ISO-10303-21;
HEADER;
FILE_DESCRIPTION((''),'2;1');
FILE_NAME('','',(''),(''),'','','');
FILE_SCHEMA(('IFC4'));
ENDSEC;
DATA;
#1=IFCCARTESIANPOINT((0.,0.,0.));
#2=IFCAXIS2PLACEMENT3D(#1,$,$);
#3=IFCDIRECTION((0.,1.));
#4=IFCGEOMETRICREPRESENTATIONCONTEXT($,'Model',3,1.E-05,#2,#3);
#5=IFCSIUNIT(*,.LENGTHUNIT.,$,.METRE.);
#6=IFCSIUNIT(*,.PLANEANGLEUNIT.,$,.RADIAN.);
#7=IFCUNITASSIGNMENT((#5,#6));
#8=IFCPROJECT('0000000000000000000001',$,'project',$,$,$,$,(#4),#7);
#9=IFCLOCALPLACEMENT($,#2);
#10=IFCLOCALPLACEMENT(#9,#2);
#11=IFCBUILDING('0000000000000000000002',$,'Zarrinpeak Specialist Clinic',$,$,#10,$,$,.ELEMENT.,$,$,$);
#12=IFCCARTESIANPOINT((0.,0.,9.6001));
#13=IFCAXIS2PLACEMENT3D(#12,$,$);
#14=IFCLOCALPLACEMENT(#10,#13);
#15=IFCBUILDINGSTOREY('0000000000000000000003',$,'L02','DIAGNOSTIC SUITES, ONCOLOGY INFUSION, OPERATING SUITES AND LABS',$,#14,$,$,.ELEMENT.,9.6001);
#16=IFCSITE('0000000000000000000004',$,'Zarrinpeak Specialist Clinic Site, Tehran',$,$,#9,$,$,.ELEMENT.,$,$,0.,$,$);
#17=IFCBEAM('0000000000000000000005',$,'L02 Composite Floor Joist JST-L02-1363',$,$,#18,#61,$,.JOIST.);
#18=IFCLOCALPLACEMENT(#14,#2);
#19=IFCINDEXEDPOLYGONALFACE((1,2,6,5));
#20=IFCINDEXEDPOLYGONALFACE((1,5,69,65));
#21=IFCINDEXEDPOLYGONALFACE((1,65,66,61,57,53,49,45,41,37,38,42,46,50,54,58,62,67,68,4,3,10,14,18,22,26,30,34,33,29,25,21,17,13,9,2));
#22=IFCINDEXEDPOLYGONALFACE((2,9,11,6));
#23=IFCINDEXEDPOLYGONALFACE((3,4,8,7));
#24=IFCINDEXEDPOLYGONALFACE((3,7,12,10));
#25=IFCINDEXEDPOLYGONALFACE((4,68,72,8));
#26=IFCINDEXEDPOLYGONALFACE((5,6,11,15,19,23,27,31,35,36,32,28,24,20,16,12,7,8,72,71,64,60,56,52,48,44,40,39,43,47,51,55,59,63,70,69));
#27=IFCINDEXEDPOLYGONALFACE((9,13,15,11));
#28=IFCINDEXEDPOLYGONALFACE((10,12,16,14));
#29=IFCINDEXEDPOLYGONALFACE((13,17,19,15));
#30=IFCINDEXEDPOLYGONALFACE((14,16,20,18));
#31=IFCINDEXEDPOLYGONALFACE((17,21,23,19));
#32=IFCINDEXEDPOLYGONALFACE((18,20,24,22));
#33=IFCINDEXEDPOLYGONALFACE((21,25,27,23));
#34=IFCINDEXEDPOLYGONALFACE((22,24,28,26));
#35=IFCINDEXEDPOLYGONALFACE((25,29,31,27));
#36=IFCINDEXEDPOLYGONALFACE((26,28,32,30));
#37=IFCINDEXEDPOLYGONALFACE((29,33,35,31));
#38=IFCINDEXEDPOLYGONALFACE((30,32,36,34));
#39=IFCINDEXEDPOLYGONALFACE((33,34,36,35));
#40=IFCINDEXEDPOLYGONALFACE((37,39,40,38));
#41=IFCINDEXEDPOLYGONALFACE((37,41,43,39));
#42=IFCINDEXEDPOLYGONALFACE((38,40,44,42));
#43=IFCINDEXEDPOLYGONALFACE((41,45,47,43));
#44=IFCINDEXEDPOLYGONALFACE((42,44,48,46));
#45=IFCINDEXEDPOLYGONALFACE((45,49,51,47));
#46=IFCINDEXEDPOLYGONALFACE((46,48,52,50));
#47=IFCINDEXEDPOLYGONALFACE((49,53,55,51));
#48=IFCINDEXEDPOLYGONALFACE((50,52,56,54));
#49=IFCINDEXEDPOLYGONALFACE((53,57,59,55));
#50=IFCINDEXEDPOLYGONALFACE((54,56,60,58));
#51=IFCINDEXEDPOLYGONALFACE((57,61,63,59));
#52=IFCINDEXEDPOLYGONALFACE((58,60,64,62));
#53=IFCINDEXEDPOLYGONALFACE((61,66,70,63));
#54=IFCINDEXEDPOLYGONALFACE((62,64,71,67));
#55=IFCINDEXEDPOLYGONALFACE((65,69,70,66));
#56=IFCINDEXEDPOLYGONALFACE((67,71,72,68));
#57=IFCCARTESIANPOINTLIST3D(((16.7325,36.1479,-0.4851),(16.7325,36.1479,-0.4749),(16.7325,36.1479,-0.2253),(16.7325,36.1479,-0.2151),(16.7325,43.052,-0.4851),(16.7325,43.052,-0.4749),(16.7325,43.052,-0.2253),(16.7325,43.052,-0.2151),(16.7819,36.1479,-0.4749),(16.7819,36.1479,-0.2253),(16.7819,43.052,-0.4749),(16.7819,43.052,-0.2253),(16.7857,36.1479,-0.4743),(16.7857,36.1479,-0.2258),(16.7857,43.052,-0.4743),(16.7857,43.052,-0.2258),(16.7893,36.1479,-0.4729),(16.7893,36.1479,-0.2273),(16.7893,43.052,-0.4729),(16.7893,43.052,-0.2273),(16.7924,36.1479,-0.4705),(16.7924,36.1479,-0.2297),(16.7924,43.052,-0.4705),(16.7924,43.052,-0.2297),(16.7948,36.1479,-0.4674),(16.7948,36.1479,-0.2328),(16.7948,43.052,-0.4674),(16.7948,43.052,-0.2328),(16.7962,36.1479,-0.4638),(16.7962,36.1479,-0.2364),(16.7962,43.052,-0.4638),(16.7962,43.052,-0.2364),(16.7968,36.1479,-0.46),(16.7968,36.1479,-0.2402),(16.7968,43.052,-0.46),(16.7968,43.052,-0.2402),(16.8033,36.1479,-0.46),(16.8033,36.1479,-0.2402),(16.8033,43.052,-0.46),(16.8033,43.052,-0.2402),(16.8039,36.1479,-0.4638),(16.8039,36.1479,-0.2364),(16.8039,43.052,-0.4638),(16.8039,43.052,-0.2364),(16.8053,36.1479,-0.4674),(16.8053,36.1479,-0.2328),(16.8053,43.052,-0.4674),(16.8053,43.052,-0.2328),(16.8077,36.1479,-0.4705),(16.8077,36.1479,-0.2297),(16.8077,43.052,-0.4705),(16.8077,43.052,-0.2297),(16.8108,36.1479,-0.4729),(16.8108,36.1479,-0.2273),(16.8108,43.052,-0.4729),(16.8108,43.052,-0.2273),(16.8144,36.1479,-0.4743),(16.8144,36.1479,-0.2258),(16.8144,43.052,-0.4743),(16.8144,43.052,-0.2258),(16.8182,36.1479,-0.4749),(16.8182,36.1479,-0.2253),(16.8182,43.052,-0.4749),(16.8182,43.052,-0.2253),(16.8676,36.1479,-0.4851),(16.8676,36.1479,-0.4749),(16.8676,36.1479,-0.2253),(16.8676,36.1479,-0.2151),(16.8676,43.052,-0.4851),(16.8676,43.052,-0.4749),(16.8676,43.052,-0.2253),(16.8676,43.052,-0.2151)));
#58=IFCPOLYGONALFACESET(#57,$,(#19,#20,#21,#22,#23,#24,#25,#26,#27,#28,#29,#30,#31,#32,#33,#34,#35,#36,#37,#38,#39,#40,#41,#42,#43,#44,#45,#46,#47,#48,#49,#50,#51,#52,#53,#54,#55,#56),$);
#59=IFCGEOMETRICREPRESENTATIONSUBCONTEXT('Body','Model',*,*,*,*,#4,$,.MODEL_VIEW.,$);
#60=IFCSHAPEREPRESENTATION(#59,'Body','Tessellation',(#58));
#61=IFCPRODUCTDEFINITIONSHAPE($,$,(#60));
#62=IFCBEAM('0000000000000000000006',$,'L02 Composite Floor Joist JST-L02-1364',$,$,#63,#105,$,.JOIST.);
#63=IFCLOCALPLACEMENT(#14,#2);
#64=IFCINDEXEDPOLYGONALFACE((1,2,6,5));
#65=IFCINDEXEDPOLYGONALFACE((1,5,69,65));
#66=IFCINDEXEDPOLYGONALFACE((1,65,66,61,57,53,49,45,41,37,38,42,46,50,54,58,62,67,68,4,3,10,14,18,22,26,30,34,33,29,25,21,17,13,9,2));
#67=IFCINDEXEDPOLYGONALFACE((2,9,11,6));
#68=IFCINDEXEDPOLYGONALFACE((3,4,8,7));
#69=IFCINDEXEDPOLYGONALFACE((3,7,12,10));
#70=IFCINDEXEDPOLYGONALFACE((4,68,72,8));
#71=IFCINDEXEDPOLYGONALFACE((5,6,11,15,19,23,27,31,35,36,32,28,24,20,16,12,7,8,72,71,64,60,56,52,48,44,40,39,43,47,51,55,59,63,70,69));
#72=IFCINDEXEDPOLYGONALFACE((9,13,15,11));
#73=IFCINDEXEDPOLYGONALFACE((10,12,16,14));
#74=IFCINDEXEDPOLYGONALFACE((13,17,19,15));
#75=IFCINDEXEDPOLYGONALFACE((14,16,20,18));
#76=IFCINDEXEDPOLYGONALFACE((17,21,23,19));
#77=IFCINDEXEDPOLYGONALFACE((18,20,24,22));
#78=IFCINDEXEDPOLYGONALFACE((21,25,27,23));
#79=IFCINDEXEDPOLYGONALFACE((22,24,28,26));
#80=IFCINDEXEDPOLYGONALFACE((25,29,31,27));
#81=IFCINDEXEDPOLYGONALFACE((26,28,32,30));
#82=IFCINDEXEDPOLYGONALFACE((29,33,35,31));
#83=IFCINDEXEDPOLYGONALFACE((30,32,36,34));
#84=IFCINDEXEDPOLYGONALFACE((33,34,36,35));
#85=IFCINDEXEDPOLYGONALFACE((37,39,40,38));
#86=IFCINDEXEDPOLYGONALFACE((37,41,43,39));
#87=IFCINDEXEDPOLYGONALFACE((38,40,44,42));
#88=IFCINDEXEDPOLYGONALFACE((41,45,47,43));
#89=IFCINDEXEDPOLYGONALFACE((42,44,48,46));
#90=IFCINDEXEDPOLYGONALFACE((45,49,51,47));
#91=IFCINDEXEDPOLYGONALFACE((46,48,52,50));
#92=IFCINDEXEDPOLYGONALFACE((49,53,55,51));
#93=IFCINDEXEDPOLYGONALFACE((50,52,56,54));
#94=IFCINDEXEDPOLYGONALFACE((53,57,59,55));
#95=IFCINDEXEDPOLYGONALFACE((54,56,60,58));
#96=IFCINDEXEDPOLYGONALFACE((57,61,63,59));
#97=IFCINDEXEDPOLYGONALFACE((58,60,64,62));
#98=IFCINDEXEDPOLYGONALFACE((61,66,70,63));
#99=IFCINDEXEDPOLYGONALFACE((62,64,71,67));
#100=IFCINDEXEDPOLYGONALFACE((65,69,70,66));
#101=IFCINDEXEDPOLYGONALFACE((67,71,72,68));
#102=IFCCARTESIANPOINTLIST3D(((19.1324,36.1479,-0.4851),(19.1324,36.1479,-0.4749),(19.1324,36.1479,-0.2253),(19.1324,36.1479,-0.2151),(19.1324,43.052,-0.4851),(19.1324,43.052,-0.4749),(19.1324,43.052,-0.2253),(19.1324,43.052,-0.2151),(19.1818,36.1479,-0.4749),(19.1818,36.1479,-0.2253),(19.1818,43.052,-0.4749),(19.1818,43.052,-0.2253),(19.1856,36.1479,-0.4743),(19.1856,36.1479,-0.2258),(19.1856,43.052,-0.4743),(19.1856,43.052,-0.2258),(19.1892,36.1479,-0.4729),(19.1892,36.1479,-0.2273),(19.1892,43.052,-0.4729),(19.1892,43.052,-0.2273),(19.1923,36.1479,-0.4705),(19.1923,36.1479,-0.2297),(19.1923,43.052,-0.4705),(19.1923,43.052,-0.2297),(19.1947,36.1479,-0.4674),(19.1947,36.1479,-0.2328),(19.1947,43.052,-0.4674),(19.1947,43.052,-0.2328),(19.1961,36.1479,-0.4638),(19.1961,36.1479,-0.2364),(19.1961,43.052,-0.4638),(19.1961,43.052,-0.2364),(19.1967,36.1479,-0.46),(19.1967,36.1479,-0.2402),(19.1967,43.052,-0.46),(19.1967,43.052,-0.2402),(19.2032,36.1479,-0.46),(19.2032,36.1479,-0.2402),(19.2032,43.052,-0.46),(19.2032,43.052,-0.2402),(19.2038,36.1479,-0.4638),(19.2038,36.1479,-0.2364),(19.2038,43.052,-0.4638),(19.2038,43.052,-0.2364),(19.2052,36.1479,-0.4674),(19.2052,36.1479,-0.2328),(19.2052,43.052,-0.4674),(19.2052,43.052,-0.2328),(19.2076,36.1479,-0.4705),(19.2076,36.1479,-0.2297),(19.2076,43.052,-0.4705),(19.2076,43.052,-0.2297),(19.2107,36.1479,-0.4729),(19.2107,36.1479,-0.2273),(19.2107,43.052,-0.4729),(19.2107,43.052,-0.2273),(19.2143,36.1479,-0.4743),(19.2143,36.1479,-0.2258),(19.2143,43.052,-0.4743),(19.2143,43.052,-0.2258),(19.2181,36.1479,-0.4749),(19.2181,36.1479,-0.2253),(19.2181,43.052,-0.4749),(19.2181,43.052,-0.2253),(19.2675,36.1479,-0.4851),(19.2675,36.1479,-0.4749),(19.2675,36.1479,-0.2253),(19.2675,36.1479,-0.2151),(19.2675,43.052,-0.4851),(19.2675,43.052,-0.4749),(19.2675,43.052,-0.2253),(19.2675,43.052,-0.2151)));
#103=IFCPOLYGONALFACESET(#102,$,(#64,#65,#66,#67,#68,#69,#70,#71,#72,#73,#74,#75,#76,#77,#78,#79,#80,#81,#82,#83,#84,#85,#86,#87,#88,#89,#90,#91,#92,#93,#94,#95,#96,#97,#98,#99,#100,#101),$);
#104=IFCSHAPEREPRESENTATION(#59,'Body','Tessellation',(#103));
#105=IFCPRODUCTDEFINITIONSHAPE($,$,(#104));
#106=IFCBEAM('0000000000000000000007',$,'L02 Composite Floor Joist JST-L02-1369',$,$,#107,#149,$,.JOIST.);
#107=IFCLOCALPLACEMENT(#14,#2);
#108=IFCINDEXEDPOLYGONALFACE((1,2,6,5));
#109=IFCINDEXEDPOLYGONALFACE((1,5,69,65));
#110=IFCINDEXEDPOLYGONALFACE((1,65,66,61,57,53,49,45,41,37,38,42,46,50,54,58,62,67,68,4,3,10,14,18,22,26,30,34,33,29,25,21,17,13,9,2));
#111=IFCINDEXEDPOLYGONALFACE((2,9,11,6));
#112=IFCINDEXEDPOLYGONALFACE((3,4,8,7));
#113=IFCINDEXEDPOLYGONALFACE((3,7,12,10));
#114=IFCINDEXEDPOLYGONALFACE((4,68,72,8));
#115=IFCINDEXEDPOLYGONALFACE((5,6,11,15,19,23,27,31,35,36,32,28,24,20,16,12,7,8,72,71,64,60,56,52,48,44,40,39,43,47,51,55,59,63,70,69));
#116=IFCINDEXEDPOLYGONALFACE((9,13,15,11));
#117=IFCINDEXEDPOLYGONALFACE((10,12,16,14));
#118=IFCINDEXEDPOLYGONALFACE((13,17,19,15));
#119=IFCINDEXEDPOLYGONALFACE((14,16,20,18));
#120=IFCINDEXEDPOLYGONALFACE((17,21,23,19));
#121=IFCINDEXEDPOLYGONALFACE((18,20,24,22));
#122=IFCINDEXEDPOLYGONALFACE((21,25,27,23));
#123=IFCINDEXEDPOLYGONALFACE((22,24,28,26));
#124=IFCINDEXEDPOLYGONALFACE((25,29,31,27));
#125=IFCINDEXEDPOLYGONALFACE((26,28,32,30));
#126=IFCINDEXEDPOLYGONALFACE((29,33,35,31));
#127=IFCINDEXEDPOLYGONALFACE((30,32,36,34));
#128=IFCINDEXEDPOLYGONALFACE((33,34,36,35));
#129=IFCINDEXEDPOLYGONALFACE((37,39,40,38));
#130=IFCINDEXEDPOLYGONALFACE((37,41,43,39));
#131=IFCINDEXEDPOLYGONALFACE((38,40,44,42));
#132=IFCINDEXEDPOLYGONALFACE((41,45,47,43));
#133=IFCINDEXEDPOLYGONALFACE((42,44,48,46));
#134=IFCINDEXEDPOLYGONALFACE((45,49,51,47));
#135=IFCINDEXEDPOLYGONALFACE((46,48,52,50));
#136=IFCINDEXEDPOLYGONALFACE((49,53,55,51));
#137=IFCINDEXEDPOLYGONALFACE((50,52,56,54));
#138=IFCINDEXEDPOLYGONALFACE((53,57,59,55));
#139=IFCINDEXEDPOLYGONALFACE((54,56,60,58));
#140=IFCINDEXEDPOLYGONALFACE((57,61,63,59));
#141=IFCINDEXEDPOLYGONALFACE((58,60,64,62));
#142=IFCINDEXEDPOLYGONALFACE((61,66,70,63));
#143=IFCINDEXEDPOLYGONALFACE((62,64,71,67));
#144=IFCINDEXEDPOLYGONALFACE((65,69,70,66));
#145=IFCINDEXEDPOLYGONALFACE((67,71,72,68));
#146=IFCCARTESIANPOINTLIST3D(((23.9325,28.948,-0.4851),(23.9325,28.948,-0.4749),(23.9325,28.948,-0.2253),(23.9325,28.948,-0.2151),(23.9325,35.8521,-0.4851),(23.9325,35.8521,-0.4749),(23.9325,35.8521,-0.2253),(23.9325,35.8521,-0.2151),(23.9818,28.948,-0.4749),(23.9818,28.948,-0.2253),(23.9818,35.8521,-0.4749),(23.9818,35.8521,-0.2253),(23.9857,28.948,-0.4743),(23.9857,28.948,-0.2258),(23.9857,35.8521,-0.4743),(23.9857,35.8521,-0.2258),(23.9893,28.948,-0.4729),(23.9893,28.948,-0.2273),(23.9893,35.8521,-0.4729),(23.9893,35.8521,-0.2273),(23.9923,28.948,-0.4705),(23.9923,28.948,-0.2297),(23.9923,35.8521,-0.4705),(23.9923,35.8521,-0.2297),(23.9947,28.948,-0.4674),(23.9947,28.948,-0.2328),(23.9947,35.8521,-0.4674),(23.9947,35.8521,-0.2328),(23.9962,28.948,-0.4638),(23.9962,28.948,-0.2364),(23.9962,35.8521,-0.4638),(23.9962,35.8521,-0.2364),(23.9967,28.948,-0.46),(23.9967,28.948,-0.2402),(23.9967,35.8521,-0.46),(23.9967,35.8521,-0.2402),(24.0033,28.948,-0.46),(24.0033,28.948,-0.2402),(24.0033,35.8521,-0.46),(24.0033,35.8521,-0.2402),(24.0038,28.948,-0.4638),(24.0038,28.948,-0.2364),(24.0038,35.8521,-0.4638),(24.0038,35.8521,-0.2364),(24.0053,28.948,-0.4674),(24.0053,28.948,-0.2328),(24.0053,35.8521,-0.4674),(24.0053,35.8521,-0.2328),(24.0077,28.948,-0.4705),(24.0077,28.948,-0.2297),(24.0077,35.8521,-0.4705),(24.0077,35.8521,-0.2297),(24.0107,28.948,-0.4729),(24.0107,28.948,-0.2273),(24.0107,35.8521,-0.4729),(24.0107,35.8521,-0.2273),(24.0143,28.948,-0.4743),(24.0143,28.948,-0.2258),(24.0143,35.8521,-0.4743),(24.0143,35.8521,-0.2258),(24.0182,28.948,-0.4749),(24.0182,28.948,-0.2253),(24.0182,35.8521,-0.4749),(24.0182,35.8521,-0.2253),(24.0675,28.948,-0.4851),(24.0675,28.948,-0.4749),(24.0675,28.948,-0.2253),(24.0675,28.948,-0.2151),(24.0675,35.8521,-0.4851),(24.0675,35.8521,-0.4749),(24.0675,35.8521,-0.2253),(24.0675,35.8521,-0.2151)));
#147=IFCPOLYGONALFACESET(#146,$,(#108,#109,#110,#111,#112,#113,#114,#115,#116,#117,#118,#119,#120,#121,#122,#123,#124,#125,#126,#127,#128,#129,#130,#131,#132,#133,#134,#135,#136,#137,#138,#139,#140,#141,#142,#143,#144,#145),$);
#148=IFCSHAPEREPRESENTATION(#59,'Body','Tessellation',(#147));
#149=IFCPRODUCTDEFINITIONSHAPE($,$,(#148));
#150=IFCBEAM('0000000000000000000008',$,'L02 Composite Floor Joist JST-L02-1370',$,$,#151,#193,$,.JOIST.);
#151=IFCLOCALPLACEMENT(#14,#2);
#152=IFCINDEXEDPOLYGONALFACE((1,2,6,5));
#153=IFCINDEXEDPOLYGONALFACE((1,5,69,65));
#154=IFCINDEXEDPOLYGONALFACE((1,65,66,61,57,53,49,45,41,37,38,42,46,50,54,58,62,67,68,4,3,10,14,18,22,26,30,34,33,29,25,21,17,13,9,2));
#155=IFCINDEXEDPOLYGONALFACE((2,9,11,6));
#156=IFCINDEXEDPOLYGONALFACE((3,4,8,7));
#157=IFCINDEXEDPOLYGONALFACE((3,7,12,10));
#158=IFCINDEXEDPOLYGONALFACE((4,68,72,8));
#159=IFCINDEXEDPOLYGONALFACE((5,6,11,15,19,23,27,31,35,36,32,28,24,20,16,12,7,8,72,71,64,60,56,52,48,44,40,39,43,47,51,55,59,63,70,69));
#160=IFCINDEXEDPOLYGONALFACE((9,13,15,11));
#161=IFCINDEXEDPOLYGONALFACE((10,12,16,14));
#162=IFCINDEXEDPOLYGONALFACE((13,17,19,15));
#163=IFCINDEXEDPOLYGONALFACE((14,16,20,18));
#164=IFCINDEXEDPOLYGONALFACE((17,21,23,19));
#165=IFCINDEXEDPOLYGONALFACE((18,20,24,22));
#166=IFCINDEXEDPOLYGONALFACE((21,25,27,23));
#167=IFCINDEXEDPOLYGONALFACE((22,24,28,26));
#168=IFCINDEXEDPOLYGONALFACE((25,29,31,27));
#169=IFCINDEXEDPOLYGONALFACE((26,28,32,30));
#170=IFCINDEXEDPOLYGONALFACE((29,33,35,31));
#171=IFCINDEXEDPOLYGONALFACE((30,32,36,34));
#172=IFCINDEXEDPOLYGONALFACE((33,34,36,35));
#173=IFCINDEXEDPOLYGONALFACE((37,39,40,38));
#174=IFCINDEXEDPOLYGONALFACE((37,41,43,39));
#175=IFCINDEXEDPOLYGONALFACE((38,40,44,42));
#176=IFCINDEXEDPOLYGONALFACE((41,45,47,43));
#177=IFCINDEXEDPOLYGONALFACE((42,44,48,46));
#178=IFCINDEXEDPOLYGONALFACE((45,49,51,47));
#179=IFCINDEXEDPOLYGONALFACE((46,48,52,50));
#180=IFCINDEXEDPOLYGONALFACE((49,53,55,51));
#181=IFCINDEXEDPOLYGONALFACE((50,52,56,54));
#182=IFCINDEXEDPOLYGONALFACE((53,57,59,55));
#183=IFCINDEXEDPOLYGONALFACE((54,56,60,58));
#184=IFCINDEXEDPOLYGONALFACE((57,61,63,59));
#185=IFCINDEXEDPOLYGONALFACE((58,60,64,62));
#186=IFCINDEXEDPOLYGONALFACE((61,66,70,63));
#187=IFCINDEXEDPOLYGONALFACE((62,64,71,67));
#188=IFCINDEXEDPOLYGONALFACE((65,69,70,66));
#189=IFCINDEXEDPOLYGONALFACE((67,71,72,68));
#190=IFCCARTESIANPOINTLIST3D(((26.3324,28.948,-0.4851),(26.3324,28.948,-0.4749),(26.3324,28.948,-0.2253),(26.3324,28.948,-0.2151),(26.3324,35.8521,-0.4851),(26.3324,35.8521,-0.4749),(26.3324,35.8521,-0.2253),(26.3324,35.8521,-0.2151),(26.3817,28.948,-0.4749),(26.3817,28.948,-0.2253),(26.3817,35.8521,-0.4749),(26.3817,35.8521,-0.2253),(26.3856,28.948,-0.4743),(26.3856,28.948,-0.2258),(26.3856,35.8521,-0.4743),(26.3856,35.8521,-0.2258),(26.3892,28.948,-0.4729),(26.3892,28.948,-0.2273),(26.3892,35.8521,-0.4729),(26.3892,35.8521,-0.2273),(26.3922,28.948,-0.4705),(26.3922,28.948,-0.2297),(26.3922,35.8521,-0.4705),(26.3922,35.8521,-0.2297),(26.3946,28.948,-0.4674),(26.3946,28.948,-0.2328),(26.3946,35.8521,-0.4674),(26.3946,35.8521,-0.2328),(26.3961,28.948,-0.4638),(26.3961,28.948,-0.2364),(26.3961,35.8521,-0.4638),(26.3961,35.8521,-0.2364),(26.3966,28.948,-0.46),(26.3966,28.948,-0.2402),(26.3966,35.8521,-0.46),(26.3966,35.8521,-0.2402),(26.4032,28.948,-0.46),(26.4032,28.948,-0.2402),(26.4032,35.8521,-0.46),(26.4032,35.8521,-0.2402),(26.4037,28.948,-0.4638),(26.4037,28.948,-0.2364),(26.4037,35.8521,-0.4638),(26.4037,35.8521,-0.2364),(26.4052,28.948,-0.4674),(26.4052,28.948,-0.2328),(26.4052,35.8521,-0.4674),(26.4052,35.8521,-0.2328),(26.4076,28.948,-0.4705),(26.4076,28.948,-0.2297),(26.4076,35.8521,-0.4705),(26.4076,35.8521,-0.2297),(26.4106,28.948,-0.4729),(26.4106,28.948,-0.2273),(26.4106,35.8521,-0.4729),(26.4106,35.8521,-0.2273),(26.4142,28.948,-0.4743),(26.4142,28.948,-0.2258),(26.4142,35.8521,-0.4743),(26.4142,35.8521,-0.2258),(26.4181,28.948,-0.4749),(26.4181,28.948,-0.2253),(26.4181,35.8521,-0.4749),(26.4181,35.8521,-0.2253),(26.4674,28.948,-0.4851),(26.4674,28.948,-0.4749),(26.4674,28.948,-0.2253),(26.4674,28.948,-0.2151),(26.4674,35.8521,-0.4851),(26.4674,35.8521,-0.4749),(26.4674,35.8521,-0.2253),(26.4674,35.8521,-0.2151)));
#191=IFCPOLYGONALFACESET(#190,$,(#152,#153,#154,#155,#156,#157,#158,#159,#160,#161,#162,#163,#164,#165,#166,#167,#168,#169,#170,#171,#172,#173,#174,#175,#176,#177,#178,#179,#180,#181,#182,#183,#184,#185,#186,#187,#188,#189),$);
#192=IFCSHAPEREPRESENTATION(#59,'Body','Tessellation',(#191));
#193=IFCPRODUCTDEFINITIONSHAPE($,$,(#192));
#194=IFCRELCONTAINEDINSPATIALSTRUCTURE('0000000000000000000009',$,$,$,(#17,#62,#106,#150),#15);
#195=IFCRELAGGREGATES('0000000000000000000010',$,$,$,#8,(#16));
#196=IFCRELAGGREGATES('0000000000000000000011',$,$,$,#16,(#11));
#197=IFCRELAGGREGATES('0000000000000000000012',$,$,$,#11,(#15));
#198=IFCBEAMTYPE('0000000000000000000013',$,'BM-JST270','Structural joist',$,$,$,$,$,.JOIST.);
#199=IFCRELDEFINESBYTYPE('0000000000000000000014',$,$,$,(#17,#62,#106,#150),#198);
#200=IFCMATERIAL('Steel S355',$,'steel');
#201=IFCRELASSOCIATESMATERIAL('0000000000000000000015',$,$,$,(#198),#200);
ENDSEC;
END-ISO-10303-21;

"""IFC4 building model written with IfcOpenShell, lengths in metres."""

from ifc_helpers import new_model, si_unit, direction, frame, origin, origin_2d, place, context, subcontext, project, spatial, i_section, extrude, material, material_profile, profile_set, type_object, element, save


model = new_model("IFC4")

# Units and contexts
model_context = context("Model", 3, precision=1e-05, world=origin(), true_north=direction((0.0, 1.0)))
body_context = subcontext(model_context, "Body", "Model", "MODEL_VIEW")
ifc_project = project(units=[si_unit("LENGTHUNIT", "METRE"), si_unit("PLANEANGLEUNIT", "RADIAN")], contexts=[model_context])

# Site, building, storey
site_placement = place(None, origin())
site = spatial("IfcSite", under=ifc_project, at=site_placement, Name="Zarrinpeak Specialist Clinic Site, Tehran", CompositionType="ELEMENT", RefElevation=0.0)
building_placement = place(site_placement, origin())
building = spatial("IfcBuilding", under=site, at=building_placement, Name="Zarrinpeak Specialist Clinic", CompositionType="ELEMENT")
storey_placement = place(building_placement, frame((0.0, 0.0, 9.6001)))
storey = spatial("IfcBuildingStorey", under=building, at=storey_placement, Name="L02", Description="DIAGNOSTIC SUITES, ONCOLOGY INFUSION, OPERATING SUITES AND LABS", CompositionType="ELEMENT", Elevation=9.6001)

# Shared definitions
ifc_material_1 = material(Name="Steel S355", Category="steel")

# Beams
ifc_material_profile_1 = material_profile(ifc_material_1, i_section(OverallWidth=0.135, OverallDepth=0.27, WebThickness=0.0066, FlangeThickness=0.0103, FilletRadius=0.0149, at=origin_2d()), Name="IPE 270")
ifc_profile_set_1 = profile_set([ifc_material_profile_1], Name="Steel S355")
beam_type_1 = type_object("IfcBeamType", Name="BM-JST270", Description="Structural joist", PredefinedType="JOIST", material=ifc_profile_set_1)
for number, where, z_axis, x_axis, name in (
    (1, (16.8, 36.1479, -0.3501), (0.0, 1.0, 0.0), (-1.0, 0.0, 0.0), "L02 Composite Floor Joist JST-L02-1363"),
    (2, (19.2, 36.1479, -0.3501), (0.0, 1.0, 0.0), (-1.0, 0.0, 0.0), "L02 Composite Floor Joist JST-L02-1364"),
    (3, (24.0, 28.948, -0.3501), (0.0, 1.0, 0.0), (-1.0, 0.0, 0.0), "L02 Composite Floor Joist JST-L02-1369"),
    (4, (26.3999, 28.948, -0.3501), (0.0, 1.0, 0.0), (-1.0, 0.0, 0.0), "L02 Composite Floor Joist JST-L02-1370"),
):
    element("IfcBeam", number, at=place(storey_placement, frame(where, z_axis=z_axis, x_axis=x_axis)), inside=storey, type_object=beam_type_1, Name=name, PredefinedType="JOIST", context=body_context, shape_type="SweptSolid", body=[
        extrude(i_section(OverallWidth=0.135, OverallDepth=0.27, WebThickness=0.0066, FlangeThickness=0.0103, FilletRadius=0.0149, at=origin_2d()), origin(), (0.0, 0.0, 1.0), 6.9041),
    ])

save(model, "model.ifc")
